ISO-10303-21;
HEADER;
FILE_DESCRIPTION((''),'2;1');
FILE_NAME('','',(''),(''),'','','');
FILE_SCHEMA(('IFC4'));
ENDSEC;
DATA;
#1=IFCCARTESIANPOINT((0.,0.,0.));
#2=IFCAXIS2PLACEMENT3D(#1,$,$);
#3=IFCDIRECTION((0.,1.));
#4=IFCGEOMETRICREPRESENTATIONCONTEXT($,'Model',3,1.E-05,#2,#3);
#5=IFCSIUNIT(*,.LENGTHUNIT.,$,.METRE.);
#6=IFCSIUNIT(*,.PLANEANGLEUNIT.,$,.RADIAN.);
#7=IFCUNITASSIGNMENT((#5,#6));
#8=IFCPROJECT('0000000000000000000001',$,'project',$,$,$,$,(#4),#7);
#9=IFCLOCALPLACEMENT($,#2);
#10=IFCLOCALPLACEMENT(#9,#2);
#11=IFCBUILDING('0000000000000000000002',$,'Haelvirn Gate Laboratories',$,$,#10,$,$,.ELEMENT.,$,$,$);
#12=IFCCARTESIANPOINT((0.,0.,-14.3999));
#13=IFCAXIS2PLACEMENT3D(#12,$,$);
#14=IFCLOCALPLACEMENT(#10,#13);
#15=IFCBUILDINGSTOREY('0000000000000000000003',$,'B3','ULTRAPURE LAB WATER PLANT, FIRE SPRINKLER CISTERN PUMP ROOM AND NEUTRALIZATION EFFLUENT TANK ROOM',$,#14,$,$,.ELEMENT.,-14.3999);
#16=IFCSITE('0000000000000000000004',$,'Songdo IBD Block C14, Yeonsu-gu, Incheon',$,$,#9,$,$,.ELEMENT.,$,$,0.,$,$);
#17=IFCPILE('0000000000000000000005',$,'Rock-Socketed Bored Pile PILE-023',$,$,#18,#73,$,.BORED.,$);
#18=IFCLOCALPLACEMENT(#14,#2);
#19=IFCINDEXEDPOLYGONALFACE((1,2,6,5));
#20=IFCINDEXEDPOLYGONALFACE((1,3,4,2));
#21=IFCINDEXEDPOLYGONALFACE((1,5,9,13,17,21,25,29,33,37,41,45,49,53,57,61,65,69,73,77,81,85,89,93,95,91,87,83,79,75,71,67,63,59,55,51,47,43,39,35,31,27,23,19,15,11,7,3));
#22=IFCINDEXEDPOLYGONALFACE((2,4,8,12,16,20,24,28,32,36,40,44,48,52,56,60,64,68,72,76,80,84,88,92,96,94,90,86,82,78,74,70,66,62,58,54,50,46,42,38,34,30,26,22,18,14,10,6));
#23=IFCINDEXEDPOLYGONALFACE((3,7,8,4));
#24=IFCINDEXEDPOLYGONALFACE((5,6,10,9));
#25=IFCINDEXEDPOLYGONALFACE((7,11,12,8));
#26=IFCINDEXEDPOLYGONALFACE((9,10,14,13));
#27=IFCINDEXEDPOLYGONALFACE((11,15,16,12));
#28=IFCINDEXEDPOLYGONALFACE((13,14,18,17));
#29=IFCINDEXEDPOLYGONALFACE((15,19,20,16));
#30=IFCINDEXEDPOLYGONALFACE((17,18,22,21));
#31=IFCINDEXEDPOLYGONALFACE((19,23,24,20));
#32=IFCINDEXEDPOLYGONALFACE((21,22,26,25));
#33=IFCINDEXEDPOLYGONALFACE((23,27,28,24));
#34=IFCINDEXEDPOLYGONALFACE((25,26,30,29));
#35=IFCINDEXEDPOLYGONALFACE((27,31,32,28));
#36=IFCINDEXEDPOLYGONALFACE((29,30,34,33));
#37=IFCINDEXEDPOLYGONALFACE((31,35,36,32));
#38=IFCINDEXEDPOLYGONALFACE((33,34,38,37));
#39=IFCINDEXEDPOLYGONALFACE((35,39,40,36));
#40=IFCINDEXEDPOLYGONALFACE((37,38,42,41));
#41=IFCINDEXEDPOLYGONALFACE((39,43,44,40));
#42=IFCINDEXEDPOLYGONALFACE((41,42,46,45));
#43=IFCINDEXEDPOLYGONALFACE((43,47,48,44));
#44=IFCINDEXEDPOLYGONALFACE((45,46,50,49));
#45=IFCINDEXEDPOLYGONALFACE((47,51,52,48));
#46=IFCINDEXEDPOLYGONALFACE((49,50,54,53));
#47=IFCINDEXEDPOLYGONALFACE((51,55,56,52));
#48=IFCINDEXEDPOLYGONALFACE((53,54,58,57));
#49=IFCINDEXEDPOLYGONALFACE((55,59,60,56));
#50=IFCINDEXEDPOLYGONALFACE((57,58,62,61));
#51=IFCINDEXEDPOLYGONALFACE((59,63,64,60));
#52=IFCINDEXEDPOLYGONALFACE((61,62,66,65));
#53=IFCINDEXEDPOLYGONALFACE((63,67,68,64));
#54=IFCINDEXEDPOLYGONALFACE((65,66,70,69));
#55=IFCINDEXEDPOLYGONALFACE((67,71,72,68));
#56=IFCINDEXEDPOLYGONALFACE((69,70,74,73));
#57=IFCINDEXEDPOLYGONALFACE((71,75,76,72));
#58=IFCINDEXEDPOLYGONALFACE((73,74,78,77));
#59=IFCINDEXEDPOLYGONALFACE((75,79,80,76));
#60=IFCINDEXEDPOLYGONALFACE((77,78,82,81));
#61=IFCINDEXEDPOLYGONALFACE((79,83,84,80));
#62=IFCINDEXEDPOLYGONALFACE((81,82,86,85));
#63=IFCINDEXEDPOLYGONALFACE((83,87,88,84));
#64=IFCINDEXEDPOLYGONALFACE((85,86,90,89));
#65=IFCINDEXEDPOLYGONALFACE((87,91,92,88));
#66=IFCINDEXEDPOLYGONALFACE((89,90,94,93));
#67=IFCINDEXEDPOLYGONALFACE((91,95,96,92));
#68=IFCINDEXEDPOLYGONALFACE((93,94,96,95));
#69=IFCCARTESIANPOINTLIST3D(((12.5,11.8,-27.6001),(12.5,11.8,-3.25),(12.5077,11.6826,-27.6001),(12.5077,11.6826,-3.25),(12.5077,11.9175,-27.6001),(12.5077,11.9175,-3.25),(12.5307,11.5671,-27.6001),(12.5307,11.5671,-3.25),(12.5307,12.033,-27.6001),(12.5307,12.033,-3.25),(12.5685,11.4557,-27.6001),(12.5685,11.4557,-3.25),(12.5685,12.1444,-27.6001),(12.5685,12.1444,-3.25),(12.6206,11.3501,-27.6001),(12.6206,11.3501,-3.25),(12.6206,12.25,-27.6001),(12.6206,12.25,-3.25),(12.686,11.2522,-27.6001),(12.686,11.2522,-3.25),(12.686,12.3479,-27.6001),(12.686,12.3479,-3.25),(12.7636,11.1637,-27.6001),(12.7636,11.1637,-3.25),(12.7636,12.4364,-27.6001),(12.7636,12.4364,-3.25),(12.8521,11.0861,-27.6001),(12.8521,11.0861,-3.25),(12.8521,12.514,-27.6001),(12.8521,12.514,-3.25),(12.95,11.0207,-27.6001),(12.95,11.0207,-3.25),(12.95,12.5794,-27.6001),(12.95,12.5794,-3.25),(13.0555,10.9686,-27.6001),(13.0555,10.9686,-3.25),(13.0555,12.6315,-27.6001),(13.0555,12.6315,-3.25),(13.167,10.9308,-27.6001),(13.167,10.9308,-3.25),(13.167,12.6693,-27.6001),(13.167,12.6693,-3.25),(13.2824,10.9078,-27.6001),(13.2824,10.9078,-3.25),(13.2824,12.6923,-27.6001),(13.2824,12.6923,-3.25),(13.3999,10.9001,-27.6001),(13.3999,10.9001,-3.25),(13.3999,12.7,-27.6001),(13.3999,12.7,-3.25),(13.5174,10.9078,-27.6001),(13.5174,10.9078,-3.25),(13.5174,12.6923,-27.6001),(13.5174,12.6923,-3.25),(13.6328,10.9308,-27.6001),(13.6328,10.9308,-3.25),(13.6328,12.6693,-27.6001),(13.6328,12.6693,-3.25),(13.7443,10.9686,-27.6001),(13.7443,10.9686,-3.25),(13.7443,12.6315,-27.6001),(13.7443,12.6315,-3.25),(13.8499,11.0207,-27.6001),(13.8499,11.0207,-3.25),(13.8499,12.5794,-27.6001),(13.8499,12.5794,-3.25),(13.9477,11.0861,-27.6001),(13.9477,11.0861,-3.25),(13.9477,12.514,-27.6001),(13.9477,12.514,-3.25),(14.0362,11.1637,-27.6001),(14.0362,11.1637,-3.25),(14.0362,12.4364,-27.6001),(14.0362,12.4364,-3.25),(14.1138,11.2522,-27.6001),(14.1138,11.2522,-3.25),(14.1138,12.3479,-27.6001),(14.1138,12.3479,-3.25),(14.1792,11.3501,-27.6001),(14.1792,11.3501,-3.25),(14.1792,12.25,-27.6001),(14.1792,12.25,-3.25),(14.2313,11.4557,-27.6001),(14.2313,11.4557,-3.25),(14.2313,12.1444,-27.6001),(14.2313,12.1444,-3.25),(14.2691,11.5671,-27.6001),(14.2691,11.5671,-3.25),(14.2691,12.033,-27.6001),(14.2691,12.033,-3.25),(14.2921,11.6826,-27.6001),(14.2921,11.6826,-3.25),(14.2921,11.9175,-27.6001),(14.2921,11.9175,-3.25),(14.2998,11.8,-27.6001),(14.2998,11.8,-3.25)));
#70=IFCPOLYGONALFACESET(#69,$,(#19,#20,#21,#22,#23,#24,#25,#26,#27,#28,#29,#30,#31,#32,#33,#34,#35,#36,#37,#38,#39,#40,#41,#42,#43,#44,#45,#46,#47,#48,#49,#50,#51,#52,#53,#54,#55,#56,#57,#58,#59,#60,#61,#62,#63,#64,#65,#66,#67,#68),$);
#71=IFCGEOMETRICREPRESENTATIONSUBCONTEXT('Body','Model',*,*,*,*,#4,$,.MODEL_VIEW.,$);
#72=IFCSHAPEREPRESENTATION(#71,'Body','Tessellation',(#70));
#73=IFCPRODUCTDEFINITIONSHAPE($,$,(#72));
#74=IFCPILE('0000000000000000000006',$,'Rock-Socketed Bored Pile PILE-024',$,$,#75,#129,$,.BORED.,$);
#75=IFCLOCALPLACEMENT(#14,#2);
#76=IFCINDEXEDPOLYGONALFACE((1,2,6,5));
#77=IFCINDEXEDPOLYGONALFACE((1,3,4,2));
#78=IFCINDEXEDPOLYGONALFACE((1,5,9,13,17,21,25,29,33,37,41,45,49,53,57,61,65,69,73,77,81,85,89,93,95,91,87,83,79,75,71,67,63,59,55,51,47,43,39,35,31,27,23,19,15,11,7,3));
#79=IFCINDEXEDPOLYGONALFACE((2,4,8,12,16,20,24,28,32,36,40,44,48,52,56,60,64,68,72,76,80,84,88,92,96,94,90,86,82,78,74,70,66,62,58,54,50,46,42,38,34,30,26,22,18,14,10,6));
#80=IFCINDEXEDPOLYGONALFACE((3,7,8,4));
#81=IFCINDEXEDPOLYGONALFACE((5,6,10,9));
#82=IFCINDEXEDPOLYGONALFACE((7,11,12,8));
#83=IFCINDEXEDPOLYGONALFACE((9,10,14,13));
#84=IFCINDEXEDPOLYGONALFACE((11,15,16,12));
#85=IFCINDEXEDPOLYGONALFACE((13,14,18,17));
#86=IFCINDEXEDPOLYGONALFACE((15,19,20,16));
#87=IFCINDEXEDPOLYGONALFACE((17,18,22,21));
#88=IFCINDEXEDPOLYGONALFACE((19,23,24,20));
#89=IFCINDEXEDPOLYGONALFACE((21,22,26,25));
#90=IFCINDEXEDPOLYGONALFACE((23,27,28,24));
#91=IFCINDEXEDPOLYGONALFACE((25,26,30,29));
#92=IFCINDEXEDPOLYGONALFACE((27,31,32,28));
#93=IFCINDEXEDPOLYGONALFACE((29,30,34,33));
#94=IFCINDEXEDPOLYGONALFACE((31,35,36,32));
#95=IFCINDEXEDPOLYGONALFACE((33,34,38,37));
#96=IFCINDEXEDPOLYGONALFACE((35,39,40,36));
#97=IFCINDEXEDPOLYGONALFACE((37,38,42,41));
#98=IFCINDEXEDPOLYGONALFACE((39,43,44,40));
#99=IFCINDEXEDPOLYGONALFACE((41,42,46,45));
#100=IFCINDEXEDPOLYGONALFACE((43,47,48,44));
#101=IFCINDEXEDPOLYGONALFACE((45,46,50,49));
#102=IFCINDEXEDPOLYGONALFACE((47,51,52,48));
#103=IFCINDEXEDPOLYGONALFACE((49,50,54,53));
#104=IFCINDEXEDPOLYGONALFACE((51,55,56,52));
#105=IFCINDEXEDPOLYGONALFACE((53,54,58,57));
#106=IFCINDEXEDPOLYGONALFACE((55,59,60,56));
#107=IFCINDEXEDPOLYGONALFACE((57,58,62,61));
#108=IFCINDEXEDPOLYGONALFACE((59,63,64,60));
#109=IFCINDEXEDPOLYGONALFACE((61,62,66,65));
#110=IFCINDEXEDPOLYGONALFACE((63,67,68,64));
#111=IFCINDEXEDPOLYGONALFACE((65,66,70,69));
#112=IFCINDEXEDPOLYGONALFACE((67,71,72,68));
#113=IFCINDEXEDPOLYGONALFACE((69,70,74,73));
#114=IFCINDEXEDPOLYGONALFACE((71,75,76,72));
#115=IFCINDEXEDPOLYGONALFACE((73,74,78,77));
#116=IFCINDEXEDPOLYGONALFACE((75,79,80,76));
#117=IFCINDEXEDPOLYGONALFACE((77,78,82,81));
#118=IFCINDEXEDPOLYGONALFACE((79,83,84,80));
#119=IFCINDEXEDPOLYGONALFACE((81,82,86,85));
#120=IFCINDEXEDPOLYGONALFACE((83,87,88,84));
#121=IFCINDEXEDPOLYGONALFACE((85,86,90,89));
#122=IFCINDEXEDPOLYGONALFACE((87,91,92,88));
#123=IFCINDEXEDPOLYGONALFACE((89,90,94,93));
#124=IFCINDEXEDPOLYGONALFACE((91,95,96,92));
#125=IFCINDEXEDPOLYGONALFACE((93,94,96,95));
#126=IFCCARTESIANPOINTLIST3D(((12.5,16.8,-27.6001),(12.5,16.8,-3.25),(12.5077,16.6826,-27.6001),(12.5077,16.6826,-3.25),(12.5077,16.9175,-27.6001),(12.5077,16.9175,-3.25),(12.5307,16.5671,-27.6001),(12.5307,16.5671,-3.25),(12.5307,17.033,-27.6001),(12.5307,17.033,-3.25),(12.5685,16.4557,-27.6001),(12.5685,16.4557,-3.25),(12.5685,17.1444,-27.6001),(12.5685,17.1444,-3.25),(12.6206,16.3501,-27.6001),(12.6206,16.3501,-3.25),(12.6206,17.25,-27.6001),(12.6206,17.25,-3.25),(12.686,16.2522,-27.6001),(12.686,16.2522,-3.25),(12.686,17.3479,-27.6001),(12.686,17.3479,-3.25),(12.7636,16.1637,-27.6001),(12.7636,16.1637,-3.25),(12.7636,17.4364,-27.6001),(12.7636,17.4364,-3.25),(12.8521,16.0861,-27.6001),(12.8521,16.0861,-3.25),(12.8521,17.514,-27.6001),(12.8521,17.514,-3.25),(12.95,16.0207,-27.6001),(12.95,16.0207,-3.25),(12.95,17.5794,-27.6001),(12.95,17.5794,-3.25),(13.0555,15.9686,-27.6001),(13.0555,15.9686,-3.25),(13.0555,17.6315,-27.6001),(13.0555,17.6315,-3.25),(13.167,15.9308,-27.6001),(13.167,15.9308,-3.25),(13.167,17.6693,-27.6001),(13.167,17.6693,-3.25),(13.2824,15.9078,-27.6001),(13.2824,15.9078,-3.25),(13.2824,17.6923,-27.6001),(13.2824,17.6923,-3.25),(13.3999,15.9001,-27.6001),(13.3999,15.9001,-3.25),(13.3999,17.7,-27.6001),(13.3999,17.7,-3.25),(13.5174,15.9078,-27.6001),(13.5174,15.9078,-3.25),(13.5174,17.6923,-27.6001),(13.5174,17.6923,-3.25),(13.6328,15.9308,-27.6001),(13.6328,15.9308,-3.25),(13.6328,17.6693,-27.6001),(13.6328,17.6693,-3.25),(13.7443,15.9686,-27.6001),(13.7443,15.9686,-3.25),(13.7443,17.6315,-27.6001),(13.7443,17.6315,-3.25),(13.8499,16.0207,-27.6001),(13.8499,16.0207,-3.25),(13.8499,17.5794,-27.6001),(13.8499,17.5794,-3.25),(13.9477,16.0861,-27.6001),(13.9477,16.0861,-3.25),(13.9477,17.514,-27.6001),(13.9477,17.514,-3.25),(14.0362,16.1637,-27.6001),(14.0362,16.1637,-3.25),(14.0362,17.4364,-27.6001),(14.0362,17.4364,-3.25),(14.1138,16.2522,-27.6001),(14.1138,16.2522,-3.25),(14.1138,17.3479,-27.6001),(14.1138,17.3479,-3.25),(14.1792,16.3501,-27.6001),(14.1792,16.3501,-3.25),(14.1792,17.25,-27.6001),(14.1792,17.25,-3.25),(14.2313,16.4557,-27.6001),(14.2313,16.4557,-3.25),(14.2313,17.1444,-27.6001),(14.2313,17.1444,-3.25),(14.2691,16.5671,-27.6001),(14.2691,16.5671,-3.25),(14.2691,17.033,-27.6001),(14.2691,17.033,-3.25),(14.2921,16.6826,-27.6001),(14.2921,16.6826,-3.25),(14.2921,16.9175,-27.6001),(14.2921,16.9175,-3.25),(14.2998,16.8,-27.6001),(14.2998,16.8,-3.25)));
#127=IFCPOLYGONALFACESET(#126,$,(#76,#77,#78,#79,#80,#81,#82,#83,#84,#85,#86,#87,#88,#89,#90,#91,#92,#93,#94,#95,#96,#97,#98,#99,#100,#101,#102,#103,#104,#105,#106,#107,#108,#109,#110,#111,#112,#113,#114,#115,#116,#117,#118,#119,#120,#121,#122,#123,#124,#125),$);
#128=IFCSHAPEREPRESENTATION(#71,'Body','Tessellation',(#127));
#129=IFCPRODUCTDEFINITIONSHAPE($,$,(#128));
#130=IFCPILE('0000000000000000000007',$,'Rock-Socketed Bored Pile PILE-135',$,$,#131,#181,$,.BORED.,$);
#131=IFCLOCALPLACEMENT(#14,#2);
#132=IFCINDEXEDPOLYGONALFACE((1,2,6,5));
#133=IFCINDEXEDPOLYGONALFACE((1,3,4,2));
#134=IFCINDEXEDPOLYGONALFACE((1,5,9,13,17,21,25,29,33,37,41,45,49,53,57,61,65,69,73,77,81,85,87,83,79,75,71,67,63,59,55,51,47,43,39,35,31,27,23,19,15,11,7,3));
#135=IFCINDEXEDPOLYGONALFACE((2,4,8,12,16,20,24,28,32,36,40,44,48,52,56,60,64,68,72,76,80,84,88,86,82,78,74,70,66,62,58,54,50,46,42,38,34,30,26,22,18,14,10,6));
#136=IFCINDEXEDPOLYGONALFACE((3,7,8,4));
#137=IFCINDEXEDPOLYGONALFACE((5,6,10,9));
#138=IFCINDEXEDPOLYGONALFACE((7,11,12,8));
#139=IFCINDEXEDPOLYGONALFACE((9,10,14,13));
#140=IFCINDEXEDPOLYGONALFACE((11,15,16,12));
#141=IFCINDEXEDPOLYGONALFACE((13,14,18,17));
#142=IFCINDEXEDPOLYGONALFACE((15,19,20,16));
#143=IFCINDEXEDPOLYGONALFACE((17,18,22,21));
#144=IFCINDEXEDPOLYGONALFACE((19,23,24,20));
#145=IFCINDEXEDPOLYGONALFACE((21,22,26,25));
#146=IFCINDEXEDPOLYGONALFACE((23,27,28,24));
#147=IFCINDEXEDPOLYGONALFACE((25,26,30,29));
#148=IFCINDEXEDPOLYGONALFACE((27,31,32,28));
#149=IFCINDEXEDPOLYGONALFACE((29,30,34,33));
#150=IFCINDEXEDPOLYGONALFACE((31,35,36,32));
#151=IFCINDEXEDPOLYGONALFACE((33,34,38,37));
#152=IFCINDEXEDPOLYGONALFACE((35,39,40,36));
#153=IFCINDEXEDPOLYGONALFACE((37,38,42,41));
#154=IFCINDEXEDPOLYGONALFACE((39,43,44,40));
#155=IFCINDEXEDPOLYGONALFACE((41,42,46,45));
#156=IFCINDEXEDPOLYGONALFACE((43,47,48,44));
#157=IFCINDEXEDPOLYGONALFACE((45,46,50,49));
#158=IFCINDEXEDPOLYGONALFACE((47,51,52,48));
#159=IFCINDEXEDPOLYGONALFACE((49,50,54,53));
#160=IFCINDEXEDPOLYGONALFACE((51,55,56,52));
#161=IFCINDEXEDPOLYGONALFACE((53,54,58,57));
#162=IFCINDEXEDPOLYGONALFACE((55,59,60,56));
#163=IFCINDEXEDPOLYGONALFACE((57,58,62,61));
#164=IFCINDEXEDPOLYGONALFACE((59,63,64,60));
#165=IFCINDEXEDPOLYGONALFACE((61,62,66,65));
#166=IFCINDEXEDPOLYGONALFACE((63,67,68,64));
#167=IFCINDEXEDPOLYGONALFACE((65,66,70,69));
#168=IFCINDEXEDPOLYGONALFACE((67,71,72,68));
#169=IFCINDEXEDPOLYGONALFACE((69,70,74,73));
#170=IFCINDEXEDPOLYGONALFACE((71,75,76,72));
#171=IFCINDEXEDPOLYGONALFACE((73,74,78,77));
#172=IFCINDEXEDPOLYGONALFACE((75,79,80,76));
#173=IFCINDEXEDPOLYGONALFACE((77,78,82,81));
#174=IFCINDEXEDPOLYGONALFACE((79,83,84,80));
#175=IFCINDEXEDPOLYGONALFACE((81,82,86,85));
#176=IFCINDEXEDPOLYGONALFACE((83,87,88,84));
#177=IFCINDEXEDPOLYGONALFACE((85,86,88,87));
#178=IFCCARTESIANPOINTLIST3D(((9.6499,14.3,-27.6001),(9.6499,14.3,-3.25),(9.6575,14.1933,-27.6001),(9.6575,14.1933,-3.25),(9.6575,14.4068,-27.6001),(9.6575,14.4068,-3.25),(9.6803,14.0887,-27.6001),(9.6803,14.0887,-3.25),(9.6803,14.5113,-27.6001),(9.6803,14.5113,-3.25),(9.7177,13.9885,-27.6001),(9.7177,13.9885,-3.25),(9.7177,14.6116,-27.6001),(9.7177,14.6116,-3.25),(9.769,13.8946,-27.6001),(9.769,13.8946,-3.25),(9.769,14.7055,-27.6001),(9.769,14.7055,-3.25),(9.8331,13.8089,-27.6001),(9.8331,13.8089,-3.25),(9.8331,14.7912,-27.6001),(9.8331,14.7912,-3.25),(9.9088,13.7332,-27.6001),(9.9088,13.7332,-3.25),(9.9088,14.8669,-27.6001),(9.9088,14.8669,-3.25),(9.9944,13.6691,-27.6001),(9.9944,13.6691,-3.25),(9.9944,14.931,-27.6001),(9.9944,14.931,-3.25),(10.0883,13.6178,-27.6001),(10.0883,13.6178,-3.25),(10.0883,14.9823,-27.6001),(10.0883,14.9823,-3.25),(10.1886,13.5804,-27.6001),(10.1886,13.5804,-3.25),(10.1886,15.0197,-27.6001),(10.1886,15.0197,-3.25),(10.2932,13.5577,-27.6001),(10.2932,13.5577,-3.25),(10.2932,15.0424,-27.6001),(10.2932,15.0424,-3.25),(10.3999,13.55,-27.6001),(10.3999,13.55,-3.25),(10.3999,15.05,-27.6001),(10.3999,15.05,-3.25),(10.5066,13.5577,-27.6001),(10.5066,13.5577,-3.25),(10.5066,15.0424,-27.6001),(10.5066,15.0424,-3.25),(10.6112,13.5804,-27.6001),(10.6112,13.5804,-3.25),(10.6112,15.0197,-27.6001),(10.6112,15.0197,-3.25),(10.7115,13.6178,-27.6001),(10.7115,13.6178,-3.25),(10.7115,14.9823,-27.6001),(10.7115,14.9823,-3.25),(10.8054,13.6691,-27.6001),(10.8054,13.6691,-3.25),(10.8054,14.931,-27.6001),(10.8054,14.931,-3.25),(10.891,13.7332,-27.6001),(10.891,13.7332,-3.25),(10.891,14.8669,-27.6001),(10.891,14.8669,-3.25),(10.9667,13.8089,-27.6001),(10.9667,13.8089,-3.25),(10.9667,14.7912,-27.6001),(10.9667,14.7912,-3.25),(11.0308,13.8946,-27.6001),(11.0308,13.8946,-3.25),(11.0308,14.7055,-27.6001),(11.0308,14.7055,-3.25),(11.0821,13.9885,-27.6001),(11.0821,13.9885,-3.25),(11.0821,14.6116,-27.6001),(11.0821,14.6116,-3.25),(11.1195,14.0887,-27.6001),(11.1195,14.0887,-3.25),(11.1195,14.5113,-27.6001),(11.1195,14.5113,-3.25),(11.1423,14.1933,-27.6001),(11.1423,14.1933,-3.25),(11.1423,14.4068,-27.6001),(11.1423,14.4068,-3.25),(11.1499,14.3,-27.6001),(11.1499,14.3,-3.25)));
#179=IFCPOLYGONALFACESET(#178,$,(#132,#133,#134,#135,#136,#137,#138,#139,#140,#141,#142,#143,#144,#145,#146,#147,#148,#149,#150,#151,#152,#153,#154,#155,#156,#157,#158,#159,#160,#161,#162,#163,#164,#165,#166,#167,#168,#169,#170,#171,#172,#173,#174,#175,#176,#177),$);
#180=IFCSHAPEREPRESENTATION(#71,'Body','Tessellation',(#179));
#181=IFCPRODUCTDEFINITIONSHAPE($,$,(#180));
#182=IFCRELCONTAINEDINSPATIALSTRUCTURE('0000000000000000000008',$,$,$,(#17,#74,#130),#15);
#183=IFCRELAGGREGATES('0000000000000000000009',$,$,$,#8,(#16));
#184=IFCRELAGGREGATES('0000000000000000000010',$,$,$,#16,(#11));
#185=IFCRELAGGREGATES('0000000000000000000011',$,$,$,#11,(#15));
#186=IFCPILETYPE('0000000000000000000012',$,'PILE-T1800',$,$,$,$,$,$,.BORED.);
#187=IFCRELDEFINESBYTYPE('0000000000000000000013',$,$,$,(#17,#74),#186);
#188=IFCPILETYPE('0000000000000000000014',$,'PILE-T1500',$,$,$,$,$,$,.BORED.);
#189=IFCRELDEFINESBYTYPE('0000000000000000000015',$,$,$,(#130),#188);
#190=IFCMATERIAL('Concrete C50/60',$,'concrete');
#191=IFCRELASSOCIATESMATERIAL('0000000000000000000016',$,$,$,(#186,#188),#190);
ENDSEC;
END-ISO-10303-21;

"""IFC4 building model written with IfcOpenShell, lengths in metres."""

from ifc_helpers import new_model, si_unit, direction, frame, origin, origin_2d, place, context, subcontext, project, spatial, circle, extrude, source, transform, mapped, material, material_profile, profile_set, type_object, type_shapes, element, save


model = new_model("IFC4")

# Units and contexts
model_context = context("Model", 3, precision=1e-05, world=origin(), true_north=direction((0.0, 1.0)))
body_context = subcontext(model_context, "Body", "Model", "MODEL_VIEW")
ifc_project = project(units=[si_unit("LENGTHUNIT", "METRE"), si_unit("PLANEANGLEUNIT", "RADIAN")], contexts=[model_context])

# Site, building, storey
site_placement = place(None, origin())
site = spatial("IfcSite", under=ifc_project, at=site_placement, Name="Songdo IBD Block C14, Yeonsu-gu, Incheon", CompositionType="ELEMENT", RefElevation=0.0)
building_placement = place(site_placement, origin())
building = spatial("IfcBuilding", under=site, at=building_placement, Name="Haelvirn Gate Laboratories", CompositionType="ELEMENT")
storey_placement = place(building_placement, frame((0.0, 0.0, -14.3999)))
storey = spatial("IfcBuildingStorey", under=building, at=storey_placement, Name="B3", Description="ULTRAPURE LAB WATER PLANT, FIRE SPRINKLER CISTERN PUMP ROOM AND NEUTRALIZATION EFFLUENT TANK ROOM", CompositionType="ELEMENT", Elevation=-14.3999)

# Piles
ifc_material_1 = material(Name="Concrete C50/60", Category="concrete")
ifc_material_profile_1 = material_profile(ifc_material_1, circle(Radius=0.8999, at=origin_2d()), Name="PILE-D1800")
ifc_profile_set_1 = profile_set([ifc_material_profile_1], Name="Concrete C50/60")
pile_type_1 = type_object("IfcPileType", Name="PILE-T1800", PredefinedType="BORED", material=ifc_profile_set_1)
shared_shape_1 = source(origin(), body_context, "Body", "SweptSolid", [
    extrude(circle(Radius=0.8999, at=origin_2d()), origin(), (0.0, 0.0, 1.0), 24.3501),
])
type_shapes(pile_type_1, [shared_shape_1])
for number, where, z_axis, x_axis, name in (
    (1, (13.3999, 11.8, -3.25), (0.0, 0.0, -1.0), (1.0, 0.0, 0.0), "Rock-Socketed Bored Pile PILE-023"),
    (2, (13.3999, 16.8, -3.25), (0.0, 0.0, -1.0), (1.0, 0.0, 0.0), "Rock-Socketed Bored Pile PILE-024"),
):
    element("IfcPile", number, at=place(storey_placement, frame(where, z_axis=z_axis, x_axis=x_axis)), inside=storey, type_object=pile_type_1, Name=name, PredefinedType="BORED", context=body_context, shape_type="MappedRepresentation", body=[
        mapped(shared_shape_1, transform((0.0, 0.0, 0.0), scale=1.0)),
    ])
ifc_material_profile_2 = material_profile(ifc_material_1, circle(Radius=0.75, at=origin_2d()), Name="PILE-D1500")
ifc_profile_set_2 = profile_set([ifc_material_profile_2], Name="Concrete C50/60")
pile_type_2 = type_object("IfcPileType", Name="PILE-T1500", PredefinedType="BORED", material=ifc_profile_set_2)
shared_shape_2 = source(origin(), body_context, "Body", "SweptSolid", [
    extrude(circle(Radius=0.75, at=origin_2d()), origin(), (0.0, 0.0, 1.0), 24.3501),
])
type_shapes(pile_type_2, [shared_shape_2])
for number, where, z_axis, x_axis, name in (
    (3, (10.3999, 14.3, -3.25), (0.0, 0.0, -1.0), (1.0, 0.0, 0.0), "Rock-Socketed Bored Pile PILE-135"),
):
    element("IfcPile", number, at=place(storey_placement, frame(where, z_axis=z_axis, x_axis=x_axis)), inside=storey, type_object=pile_type_2, Name=name, PredefinedType="BORED", context=body_context, shape_type="MappedRepresentation", body=[
        mapped(shared_shape_2, transform((0.0, 0.0, 0.0), scale=1.0)),
    ])

save(model, "model.ifc")
